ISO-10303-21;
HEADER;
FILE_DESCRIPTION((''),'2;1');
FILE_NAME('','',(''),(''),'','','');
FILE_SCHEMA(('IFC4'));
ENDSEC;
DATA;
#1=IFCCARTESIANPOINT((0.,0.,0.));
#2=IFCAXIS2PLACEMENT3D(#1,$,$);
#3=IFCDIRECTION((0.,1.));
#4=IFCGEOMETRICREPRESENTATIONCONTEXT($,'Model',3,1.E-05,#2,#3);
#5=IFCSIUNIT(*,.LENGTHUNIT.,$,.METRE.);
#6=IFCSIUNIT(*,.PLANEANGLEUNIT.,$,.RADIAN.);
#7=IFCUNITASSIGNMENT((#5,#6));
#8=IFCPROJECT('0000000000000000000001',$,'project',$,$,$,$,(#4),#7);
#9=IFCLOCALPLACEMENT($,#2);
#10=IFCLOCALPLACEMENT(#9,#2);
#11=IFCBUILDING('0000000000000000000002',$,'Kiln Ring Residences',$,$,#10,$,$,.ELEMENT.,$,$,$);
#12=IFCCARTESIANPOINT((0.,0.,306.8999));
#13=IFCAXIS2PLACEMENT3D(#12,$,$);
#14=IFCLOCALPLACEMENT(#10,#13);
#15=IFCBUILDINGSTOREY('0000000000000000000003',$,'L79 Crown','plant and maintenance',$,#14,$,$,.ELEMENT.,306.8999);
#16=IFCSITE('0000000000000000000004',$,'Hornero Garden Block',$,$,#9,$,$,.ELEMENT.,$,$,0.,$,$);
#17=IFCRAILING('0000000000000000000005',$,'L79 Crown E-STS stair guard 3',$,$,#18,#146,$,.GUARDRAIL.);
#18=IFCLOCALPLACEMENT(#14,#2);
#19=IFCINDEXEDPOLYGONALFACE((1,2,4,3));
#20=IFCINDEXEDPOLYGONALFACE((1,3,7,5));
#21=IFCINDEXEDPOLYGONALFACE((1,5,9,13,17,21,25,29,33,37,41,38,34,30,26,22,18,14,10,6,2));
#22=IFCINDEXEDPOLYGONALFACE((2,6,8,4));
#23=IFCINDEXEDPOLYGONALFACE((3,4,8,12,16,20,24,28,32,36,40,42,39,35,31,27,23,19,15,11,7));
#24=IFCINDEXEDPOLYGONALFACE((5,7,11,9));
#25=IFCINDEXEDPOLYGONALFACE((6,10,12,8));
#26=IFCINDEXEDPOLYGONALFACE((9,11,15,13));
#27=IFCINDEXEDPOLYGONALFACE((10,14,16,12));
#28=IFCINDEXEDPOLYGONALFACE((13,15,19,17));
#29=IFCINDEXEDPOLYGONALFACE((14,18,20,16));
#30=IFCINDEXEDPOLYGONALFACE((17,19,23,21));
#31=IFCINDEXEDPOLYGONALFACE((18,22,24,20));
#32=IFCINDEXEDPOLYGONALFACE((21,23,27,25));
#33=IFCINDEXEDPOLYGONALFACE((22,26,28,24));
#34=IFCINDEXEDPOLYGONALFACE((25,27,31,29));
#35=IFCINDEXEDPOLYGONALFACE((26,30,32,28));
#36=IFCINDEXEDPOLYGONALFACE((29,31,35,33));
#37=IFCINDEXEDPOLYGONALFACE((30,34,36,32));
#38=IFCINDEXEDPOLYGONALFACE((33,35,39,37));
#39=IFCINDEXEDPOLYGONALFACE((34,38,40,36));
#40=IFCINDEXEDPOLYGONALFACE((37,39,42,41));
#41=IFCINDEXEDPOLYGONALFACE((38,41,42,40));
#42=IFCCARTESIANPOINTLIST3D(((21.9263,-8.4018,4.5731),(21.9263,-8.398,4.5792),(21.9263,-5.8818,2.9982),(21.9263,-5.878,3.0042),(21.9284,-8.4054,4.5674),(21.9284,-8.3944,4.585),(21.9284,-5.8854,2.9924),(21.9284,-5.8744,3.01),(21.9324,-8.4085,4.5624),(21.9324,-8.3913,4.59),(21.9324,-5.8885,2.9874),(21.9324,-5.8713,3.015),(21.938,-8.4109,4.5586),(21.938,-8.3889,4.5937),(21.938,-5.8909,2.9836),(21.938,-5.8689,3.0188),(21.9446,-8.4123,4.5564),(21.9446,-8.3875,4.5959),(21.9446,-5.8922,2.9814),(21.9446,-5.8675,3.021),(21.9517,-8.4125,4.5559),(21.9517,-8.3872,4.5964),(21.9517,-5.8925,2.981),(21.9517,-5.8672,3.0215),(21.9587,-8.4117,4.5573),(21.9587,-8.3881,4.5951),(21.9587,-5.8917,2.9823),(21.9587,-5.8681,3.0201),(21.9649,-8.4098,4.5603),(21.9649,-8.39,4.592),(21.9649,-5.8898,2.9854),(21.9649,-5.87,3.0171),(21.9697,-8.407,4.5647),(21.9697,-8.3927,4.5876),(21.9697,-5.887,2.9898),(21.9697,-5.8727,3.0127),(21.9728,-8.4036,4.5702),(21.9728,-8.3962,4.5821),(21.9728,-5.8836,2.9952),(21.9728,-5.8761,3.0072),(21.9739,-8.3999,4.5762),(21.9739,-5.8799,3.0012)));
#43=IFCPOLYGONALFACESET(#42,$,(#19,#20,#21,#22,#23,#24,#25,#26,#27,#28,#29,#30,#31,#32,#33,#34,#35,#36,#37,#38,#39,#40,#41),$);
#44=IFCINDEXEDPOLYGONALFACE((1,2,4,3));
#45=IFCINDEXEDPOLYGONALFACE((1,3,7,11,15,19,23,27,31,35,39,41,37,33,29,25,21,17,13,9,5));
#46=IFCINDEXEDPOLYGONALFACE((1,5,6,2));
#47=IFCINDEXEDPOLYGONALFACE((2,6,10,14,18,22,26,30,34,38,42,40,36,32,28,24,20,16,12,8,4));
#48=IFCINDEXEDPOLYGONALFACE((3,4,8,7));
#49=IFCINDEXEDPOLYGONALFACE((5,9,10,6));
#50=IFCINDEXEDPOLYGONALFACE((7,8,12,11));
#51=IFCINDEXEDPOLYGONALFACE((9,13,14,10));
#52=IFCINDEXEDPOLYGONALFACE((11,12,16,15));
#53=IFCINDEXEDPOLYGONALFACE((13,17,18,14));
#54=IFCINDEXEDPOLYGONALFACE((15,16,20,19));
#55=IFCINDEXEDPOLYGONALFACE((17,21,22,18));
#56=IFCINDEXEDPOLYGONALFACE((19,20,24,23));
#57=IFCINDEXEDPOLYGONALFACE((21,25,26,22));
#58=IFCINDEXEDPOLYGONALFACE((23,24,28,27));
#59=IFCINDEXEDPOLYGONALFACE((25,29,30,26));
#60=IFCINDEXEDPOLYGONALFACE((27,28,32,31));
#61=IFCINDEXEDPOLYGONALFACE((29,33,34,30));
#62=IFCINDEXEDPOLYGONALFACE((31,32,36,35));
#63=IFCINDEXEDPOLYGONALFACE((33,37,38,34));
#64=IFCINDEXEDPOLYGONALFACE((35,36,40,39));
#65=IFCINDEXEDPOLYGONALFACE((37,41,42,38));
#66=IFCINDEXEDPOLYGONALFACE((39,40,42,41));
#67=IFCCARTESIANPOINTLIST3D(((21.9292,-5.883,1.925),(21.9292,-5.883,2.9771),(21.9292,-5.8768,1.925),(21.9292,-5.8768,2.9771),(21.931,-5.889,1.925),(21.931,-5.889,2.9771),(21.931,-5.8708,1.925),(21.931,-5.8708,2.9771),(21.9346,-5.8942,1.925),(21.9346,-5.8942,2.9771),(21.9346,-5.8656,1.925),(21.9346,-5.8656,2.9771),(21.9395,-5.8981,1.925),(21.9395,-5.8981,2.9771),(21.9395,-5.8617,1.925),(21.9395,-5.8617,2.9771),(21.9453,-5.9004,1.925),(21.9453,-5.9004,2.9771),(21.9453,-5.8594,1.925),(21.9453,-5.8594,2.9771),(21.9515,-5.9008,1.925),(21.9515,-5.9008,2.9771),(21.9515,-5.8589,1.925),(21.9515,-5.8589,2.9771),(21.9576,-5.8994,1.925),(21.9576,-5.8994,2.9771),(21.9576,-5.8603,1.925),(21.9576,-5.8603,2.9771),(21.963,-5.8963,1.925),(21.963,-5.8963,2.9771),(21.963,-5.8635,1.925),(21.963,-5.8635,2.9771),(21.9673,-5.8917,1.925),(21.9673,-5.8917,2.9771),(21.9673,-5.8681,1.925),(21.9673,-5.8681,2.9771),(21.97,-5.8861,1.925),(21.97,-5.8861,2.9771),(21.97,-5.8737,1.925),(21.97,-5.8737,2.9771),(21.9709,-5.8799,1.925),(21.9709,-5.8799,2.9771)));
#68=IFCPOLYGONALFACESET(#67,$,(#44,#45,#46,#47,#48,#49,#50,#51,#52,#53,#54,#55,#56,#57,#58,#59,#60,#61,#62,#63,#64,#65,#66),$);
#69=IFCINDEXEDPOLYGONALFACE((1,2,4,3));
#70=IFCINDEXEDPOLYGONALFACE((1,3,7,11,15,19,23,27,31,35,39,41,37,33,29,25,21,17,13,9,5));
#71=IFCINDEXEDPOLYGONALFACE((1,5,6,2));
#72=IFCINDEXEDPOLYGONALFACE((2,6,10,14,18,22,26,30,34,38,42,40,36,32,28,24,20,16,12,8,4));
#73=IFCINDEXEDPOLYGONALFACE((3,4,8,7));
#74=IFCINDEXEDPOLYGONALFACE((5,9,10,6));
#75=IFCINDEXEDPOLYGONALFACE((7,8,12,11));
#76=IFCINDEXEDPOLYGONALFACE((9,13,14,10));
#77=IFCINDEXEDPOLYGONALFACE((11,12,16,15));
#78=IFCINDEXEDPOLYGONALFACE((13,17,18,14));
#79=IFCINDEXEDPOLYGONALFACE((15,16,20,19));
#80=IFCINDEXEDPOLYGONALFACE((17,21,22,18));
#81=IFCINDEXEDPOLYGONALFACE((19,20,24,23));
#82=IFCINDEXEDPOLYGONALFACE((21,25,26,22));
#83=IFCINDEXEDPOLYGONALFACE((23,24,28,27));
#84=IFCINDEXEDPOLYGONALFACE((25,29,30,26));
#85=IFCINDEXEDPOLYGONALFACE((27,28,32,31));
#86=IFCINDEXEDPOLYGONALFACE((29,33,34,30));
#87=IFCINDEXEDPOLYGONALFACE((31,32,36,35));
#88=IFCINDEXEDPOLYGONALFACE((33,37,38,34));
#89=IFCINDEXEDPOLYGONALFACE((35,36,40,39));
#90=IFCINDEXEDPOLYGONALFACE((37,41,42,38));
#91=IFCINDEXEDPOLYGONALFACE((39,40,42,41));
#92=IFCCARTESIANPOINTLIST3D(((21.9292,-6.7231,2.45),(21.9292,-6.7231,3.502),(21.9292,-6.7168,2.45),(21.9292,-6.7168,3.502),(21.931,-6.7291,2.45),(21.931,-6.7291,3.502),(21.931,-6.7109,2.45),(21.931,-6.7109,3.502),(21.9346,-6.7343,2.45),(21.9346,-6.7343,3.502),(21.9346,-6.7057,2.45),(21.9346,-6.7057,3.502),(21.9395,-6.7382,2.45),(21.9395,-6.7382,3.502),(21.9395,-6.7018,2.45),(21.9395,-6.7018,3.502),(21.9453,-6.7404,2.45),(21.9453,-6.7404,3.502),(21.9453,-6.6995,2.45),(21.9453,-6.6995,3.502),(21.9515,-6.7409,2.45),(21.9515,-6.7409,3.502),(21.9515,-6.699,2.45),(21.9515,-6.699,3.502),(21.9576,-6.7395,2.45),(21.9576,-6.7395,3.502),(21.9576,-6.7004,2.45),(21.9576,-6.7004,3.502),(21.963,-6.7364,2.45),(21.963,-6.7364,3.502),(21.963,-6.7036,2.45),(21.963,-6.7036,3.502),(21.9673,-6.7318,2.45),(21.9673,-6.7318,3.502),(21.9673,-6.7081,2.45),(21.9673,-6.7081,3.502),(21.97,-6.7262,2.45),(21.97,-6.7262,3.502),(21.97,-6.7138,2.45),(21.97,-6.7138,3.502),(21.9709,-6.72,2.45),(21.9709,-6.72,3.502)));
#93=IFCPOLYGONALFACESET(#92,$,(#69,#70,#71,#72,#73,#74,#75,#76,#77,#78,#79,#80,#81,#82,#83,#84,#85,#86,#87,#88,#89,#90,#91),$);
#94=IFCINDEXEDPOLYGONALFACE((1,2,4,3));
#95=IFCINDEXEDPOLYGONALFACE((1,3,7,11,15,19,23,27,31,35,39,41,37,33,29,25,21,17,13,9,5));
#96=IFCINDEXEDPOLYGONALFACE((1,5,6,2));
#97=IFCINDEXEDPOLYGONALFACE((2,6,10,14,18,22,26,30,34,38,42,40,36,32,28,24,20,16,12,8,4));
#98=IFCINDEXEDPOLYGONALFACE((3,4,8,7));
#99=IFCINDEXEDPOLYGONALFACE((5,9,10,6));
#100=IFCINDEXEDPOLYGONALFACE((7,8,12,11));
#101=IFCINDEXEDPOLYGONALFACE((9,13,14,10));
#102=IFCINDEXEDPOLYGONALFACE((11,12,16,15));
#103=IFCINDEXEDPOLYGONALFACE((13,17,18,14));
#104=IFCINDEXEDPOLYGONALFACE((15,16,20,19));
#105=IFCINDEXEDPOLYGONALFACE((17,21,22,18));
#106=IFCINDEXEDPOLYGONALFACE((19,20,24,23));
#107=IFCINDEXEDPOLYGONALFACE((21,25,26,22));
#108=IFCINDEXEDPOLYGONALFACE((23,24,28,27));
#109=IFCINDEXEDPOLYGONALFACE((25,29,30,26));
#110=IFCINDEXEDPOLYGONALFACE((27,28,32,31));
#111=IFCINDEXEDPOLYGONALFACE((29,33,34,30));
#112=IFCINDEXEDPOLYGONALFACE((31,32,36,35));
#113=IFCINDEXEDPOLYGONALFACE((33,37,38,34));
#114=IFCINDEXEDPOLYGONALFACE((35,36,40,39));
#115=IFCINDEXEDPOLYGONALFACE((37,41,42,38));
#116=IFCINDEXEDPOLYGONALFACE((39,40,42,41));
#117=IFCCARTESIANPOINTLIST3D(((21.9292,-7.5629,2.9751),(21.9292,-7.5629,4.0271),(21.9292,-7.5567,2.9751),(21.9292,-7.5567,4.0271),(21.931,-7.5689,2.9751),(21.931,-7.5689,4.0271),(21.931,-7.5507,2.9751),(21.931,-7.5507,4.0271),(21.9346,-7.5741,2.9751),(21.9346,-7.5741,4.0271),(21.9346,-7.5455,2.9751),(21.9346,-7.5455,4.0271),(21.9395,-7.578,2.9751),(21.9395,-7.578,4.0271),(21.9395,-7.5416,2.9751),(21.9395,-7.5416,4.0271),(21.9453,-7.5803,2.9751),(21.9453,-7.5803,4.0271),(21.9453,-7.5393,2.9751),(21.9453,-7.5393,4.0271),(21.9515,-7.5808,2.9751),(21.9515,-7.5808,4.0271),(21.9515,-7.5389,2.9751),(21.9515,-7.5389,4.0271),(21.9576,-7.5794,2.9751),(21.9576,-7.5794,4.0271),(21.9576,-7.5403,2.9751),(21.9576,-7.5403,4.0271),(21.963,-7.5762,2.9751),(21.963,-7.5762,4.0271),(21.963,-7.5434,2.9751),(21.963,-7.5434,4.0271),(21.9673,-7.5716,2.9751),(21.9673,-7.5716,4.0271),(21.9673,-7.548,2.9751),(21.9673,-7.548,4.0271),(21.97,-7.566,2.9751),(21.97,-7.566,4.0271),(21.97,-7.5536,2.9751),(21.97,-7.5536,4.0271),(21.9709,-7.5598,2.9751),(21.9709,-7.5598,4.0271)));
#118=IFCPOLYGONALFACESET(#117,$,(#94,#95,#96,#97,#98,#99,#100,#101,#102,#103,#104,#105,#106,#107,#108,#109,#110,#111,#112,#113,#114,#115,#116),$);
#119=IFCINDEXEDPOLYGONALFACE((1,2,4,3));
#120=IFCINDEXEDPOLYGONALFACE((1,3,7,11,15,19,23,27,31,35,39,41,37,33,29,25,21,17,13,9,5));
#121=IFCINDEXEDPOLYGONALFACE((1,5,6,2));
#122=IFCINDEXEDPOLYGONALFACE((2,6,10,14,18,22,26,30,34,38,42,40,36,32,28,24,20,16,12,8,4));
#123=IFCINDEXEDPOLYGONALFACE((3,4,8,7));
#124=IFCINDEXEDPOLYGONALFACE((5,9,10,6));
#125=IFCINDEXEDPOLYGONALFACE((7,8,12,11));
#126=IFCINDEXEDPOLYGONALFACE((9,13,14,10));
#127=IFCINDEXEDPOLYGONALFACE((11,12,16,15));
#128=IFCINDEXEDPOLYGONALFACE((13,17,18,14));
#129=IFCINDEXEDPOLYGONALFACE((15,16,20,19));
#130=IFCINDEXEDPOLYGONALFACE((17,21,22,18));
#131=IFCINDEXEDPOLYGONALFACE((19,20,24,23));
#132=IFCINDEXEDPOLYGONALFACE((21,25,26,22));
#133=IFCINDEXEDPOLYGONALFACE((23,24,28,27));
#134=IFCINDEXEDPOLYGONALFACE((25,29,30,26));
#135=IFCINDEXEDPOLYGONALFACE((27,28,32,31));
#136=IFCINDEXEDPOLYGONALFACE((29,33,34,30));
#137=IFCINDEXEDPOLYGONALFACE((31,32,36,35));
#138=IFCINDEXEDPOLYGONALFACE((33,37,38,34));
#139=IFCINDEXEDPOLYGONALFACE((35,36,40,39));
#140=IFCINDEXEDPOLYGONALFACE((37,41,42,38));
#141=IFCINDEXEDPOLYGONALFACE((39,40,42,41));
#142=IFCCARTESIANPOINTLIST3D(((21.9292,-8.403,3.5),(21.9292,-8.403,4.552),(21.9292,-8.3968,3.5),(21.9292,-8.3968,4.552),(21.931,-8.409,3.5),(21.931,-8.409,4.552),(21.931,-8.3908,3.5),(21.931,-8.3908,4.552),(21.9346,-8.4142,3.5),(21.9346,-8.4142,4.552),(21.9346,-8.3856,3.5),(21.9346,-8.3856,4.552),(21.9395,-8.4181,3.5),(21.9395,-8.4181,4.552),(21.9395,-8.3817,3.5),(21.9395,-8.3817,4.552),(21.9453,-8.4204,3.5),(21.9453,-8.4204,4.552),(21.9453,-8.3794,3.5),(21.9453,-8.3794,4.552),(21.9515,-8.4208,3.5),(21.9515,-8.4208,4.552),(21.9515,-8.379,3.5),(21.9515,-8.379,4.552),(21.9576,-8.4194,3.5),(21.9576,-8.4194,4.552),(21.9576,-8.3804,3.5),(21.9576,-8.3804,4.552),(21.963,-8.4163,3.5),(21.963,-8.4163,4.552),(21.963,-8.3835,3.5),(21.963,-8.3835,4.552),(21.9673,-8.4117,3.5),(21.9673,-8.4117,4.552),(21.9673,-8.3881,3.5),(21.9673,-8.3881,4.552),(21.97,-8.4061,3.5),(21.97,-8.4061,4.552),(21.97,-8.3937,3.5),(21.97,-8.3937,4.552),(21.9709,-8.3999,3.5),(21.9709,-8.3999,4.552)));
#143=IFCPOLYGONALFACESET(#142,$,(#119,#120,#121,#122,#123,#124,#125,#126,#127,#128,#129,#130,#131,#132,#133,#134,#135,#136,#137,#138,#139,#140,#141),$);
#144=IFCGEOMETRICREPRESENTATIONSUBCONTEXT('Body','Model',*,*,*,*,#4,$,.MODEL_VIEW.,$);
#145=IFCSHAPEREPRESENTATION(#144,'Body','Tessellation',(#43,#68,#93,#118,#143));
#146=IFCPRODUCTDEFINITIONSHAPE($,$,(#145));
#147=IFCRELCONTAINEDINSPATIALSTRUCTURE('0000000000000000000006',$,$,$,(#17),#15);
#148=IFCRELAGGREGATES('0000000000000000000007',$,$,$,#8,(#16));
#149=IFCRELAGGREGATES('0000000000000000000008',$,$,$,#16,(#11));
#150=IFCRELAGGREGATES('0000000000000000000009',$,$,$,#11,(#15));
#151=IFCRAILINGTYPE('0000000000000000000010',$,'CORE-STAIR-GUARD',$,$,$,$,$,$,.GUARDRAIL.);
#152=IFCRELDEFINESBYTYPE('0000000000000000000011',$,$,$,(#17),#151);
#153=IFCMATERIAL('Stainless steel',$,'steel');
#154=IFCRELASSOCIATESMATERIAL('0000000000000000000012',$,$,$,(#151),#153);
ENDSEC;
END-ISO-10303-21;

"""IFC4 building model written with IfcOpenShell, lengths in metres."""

from ifc_helpers import new_model, si_unit, direction, frame, origin, origin_2d, place, context, subcontext, project, spatial, circle, extrude, material, type_object, element, save


model = new_model("IFC4")

# Units and contexts
model_context = context("Model", 3, precision=1e-05, world=origin(), true_north=direction((0.0, 1.0)))
body_context = subcontext(model_context, "Body", "Model", "MODEL_VIEW")
ifc_project = project(units=[si_unit("LENGTHUNIT", "METRE"), si_unit("PLANEANGLEUNIT", "RADIAN")], contexts=[model_context])

# Site, building, storey
site_placement = place(None, origin())
site = spatial("IfcSite", under=ifc_project, at=site_placement, Name="Hornero Garden Block", CompositionType="ELEMENT", RefElevation=0.0)
building_placement = place(site_placement, origin())
building = spatial("IfcBuilding", under=site, at=building_placement, Name="Kiln Ring Residences", CompositionType="ELEMENT")
storey_placement = place(building_placement, frame((0.0, 0.0, 306.8999)))
storey = spatial("IfcBuildingStorey", under=building, at=storey_placement, Name="L79 Crown", Description="plant and maintenance", CompositionType="ELEMENT", Elevation=306.8999)

# Railing
ifc_material_1 = material(Name="Stainless steel", Category="steel")
railing_type_1 = type_object("IfcRailingType", Name="CORE-STAIR-GUARD", PredefinedType="GUARDRAIL", material=ifc_material_1)
railing_1_placement = place(storey_placement, frame((21.95, -5.8799, 1.925)))
element("IfcRailing", 1, at=railing_1_placement, inside=storey, type_object=railing_type_1, Name="L79 Crown E-STS stair guard 3", PredefinedType="GUARDRAIL", context=body_context, shape_type="SweptSolid", body=[
    extrude(circle(Radius=0.0239, at=origin_2d()), frame((0.0, 0.0, 1.0762), z_axis=(0.0, -0.848008, 0.529984), x_axis=(1.0, 0.0, 0.0)), (0.0, 0.0, 1.0), 2.9717),
    extrude(circle(Radius=0.021, at=origin_2d()), origin(), (0.0, 0.0, 1.0), 1.052),
    extrude(circle(Radius=0.021, at=origin_2d()), frame((0.0, -0.8401, 0.5249)), (0.0, 0.0, 1.0), 1.052),
    extrude(circle(Radius=0.021, at=origin_2d()), frame((0.0, -1.6799, 1.05)), (0.0, 0.0, 1.0), 1.052),
    extrude(circle(Radius=0.021, at=origin_2d()), frame((0.0, -2.52, 1.575)), (0.0, 0.0, 1.0), 1.052),
])

save(model, "model.ifc")
